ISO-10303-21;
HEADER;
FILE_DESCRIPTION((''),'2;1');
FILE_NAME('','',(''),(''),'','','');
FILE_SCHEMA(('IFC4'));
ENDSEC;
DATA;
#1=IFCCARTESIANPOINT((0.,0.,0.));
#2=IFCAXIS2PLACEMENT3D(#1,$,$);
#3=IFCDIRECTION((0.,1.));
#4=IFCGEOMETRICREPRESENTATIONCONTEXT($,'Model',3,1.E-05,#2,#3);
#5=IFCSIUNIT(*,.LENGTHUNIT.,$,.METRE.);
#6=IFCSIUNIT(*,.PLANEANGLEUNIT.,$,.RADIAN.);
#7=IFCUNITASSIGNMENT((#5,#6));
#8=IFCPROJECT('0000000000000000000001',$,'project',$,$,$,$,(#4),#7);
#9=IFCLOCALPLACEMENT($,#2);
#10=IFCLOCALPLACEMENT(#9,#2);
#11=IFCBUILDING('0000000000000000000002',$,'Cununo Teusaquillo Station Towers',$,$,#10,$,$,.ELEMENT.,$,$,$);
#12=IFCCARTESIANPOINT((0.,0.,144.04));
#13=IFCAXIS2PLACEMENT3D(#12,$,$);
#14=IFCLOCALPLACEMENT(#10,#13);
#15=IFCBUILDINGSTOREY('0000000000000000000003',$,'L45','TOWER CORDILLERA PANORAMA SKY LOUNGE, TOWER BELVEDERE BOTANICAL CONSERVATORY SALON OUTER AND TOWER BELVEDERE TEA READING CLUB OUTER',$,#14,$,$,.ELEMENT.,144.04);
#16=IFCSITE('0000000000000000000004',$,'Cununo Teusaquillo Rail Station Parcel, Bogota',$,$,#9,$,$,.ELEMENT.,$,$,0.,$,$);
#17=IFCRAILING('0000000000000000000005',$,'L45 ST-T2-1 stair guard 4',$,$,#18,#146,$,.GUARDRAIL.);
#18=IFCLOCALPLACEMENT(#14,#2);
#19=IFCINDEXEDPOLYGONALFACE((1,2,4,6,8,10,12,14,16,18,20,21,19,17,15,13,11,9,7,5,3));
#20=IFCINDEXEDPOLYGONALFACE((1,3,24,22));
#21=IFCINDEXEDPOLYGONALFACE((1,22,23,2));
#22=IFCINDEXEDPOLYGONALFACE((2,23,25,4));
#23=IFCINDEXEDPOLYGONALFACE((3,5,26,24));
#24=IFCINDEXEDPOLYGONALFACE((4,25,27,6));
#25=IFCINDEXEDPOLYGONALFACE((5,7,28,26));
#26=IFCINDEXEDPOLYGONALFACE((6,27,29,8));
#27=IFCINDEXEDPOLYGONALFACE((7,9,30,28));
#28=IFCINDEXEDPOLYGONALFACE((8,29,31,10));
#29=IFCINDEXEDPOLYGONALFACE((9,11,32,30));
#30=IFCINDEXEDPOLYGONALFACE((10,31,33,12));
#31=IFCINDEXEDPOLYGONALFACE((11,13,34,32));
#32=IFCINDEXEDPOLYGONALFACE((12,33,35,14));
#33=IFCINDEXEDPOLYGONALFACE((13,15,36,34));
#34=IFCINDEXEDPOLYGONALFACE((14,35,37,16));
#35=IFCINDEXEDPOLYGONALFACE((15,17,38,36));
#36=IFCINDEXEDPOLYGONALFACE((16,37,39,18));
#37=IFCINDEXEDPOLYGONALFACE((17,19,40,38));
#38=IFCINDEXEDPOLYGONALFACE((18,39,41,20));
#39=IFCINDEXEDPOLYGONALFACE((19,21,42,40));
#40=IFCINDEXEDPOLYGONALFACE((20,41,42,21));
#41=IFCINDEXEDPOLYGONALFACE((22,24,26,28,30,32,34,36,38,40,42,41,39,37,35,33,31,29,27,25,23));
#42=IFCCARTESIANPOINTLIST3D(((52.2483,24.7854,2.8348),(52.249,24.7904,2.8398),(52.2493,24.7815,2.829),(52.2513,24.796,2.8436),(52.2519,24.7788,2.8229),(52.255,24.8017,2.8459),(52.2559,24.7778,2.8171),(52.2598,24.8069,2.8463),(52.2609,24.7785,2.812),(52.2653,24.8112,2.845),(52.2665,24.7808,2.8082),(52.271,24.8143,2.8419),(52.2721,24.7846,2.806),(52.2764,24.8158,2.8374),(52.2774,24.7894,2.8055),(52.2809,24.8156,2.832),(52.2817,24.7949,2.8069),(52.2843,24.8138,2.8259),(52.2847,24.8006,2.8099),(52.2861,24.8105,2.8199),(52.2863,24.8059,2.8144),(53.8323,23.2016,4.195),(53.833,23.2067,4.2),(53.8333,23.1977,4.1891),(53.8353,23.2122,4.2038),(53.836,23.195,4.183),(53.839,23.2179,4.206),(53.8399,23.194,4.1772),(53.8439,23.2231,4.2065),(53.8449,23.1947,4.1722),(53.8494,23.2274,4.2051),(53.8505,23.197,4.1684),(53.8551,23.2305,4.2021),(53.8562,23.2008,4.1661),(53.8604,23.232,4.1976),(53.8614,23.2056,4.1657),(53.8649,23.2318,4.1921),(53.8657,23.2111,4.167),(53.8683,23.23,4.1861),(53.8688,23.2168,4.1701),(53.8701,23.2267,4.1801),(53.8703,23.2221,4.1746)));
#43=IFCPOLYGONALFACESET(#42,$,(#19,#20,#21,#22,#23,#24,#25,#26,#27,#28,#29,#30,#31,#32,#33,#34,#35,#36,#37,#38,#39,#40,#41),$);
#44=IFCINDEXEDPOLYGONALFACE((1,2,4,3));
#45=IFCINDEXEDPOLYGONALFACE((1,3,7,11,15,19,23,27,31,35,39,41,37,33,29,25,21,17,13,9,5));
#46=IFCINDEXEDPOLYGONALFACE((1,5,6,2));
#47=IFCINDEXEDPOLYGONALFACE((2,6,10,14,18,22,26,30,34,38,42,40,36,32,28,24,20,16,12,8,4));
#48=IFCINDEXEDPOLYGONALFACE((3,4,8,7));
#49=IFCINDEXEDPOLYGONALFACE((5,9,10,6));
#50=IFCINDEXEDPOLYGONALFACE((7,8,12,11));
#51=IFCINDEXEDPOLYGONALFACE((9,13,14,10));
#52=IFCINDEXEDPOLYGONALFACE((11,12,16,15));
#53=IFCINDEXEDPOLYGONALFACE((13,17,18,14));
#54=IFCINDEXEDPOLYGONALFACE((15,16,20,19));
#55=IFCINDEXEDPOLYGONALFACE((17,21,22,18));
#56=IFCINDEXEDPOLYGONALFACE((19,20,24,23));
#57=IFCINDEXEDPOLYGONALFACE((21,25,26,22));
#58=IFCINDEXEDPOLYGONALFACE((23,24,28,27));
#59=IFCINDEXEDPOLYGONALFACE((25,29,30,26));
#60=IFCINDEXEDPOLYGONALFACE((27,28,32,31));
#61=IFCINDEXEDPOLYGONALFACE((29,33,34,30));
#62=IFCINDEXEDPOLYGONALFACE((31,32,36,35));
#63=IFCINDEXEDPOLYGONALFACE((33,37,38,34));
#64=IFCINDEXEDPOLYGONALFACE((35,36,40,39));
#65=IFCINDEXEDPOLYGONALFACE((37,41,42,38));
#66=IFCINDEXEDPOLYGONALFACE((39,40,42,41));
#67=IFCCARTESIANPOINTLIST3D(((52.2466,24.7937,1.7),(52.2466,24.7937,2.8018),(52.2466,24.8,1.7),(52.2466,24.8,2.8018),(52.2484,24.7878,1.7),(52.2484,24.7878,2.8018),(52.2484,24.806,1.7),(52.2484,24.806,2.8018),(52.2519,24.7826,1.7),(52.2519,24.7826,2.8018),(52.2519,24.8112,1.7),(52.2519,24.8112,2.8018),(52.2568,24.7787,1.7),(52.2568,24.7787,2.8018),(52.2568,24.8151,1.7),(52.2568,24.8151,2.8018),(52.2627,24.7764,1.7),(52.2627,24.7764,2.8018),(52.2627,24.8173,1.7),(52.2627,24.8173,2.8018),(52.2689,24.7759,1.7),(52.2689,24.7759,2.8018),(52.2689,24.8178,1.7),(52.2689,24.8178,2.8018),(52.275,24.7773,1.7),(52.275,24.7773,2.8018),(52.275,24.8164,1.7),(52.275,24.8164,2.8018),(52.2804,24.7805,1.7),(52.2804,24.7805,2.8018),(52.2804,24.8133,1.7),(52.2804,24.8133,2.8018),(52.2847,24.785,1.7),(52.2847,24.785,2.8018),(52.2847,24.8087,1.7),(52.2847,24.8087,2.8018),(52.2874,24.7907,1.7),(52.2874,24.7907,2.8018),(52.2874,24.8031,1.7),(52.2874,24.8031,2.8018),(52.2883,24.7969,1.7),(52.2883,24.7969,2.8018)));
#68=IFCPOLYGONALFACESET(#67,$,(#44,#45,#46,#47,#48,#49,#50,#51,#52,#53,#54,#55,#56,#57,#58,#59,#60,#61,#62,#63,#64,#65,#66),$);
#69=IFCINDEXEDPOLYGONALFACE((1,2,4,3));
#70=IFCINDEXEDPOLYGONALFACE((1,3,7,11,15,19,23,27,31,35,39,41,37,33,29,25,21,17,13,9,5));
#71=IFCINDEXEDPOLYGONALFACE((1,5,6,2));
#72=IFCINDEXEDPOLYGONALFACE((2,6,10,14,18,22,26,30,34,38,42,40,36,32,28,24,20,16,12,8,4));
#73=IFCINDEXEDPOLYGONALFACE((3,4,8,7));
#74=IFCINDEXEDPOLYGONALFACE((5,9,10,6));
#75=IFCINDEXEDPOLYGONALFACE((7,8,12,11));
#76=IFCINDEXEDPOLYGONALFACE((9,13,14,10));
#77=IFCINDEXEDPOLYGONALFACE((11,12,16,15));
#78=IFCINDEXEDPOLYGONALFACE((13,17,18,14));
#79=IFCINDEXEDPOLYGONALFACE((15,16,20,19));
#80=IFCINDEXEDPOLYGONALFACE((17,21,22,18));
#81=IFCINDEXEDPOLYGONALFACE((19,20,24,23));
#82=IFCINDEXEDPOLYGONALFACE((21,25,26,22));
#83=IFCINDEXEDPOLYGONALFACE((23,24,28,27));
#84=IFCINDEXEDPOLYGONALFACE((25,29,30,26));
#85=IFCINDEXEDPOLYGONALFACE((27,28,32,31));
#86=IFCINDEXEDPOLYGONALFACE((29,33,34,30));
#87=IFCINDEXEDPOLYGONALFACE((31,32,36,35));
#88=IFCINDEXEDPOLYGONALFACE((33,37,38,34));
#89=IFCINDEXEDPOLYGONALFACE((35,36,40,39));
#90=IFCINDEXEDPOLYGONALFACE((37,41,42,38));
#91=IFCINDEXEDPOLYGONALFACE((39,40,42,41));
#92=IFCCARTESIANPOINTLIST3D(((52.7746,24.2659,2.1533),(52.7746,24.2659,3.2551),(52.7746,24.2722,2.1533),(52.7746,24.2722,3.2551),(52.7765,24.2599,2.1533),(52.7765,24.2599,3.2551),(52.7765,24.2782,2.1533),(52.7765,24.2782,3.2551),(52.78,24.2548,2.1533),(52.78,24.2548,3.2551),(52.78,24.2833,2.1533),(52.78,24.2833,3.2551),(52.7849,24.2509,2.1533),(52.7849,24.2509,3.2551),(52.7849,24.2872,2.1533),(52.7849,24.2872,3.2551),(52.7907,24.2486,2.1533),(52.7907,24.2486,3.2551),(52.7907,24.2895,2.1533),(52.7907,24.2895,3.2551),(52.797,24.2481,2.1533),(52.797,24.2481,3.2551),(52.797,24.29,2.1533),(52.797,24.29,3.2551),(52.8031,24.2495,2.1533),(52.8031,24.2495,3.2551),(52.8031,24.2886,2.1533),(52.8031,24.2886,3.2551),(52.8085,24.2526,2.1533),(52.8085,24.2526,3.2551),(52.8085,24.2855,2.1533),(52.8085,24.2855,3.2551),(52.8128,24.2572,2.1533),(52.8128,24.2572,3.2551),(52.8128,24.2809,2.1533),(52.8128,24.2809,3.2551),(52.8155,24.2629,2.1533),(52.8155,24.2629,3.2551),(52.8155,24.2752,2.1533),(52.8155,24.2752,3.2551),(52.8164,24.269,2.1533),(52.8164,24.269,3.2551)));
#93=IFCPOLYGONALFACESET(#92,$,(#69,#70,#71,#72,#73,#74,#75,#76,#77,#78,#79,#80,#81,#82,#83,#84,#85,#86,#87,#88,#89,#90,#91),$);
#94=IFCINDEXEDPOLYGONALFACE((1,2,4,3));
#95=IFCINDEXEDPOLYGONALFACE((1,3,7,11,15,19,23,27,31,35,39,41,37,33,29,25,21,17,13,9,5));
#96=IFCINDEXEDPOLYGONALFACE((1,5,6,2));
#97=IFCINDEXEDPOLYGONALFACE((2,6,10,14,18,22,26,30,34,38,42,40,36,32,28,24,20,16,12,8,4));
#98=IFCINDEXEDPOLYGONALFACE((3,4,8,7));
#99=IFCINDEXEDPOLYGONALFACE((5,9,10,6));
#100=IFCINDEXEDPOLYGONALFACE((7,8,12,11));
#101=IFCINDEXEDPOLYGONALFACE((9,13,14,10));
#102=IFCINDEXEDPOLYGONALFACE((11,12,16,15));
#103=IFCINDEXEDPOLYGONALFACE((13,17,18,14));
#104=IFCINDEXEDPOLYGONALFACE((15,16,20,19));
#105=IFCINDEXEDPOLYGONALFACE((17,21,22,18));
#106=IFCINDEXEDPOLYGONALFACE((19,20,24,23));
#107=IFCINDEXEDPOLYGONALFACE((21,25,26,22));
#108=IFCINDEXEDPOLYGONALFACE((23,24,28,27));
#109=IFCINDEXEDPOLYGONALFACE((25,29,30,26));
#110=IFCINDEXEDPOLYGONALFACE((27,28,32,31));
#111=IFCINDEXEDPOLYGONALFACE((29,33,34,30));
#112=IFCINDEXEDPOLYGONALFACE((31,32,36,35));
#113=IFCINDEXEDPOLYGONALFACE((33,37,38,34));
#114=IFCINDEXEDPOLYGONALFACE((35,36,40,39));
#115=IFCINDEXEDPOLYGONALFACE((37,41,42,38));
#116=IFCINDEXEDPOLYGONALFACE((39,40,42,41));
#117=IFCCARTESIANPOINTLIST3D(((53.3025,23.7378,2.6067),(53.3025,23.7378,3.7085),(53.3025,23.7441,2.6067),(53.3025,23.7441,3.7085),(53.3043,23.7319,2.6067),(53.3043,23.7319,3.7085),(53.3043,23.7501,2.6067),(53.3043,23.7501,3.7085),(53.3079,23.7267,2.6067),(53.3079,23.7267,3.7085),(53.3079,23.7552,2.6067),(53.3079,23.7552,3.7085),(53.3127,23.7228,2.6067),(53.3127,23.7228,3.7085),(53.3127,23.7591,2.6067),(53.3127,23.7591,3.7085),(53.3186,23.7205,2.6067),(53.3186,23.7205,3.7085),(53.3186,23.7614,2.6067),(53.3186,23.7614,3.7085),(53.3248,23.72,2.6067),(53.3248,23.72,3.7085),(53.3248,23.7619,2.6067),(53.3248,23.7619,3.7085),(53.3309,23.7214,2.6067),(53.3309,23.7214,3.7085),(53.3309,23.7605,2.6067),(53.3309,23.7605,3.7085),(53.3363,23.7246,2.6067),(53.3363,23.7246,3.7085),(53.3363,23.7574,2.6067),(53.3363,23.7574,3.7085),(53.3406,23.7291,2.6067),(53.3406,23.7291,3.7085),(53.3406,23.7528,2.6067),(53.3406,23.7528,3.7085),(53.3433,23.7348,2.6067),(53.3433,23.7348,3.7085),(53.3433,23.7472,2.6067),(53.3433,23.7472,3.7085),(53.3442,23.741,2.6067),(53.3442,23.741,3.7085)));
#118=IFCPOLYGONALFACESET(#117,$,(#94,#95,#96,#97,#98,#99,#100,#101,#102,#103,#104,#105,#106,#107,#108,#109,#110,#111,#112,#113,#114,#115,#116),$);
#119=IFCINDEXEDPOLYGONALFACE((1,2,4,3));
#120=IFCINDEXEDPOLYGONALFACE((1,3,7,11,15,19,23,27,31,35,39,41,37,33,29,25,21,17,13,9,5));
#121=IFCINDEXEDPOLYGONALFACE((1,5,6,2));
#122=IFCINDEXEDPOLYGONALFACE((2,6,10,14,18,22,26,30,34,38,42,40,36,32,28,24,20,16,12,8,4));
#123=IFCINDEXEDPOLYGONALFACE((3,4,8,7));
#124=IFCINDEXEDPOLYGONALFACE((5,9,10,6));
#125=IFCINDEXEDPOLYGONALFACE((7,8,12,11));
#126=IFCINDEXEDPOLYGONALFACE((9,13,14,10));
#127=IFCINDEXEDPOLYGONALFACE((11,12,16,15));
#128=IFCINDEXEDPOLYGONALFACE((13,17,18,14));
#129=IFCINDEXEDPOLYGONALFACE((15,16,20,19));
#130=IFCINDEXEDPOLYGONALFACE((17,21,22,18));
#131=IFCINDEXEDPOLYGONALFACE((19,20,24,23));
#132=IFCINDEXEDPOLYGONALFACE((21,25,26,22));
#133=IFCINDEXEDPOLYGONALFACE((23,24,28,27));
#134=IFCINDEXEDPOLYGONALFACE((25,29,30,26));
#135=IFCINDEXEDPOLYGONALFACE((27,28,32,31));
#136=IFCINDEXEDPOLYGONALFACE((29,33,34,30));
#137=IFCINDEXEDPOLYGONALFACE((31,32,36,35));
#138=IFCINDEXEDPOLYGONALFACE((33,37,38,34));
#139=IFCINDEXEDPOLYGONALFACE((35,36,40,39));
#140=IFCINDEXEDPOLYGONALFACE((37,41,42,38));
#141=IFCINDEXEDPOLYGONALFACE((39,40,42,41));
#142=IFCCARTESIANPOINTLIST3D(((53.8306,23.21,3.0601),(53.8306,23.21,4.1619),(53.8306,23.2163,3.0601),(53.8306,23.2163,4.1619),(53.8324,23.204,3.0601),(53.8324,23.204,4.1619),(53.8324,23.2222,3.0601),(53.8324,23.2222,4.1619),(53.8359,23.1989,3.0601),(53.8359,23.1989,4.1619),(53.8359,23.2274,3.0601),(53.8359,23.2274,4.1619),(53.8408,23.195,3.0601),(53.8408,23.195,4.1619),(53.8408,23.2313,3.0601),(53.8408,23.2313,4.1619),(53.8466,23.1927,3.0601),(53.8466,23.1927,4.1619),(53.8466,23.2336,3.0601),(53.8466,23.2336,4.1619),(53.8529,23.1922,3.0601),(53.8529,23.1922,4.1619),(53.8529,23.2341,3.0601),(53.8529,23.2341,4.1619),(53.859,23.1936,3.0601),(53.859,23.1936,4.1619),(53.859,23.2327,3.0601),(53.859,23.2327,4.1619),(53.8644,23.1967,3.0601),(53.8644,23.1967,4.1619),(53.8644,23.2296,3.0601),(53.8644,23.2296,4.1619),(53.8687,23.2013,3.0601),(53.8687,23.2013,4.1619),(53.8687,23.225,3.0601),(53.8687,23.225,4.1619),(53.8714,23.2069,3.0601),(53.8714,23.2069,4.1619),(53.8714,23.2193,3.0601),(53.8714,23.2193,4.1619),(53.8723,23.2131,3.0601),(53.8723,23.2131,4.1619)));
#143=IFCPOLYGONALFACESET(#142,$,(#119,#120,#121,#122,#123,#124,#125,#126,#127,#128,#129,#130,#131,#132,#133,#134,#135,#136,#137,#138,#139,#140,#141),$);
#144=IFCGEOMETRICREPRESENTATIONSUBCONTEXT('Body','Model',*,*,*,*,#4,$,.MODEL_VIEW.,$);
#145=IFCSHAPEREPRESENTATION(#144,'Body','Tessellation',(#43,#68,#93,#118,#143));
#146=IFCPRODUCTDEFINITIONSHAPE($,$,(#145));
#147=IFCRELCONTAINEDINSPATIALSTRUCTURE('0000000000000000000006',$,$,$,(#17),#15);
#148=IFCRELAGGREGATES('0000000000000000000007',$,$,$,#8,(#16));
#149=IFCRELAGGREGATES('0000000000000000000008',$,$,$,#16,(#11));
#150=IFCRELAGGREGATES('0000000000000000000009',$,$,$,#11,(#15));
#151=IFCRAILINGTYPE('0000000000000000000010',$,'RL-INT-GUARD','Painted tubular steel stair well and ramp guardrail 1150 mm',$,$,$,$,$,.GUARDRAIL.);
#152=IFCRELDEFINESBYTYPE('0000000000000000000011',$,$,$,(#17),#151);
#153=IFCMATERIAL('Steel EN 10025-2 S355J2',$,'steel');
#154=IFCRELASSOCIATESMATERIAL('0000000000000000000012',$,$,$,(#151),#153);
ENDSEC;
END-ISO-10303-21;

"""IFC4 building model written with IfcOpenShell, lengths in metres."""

from ifc_helpers import new_model, si_unit, direction, frame, origin, origin_2d, place, context, subcontext, project, spatial, circle, extrude, material, type_object, element, save


model = new_model("IFC4")

# Units and contexts
model_context = context("Model", 3, precision=1e-05, world=origin(), true_north=direction((0.0, 1.0)))
body_context = subcontext(model_context, "Body", "Model", "MODEL_VIEW")
ifc_project = project(units=[si_unit("LENGTHUNIT", "METRE"), si_unit("PLANEANGLEUNIT", "RADIAN")], contexts=[model_context])

# Site, building, storey
site_placement = place(None, origin())
site = spatial("IfcSite", under=ifc_project, at=site_placement, Name="Cununo Teusaquillo Rail Station Parcel, Bogota", CompositionType="ELEMENT", RefElevation=0.0)
building_placement = place(site_placement, origin())
building = spatial("IfcBuilding", under=site, at=building_placement, Name="Cununo Teusaquillo Station Towers", CompositionType="ELEMENT")
storey_placement = place(building_placement, frame((0.0, 0.0, 144.04)))
storey = spatial("IfcBuildingStorey", under=building, at=storey_placement, Name="L45", Description="TOWER CORDILLERA PANORAMA SKY LOUNGE, TOWER BELVEDERE BOTANICAL CONSERVATORY SALON OUTER AND TOWER BELVEDERE TEA READING CLUB OUTER", CompositionType="ELEMENT", Elevation=144.04)

# Railing
ifc_material_1 = material(Name="Steel EN 10025-2 S355J2", Category="steel")
railing_type_1 = type_object("IfcRailingType", Name="RL-INT-GUARD", Description="Painted tubular steel stair well and ramp guardrail 1150 mm", PredefinedType="GUARDRAIL", material=ifc_material_1)
railing_1_placement = place(storey_placement, frame((52.2673, 24.7969, 1.7)))
element("IfcRailing", 1, at=railing_1_placement, inside=storey, type_object=railing_type_1, Name="L45 ST-T2-1 stair guard 4", PredefinedType="GUARDRAIL", context=body_context, shape_type="SweptSolid", body=[
    extrude(circle(Radius=0.0239, at=origin_2d()), frame((0.0, 0.0, 1.126), z_axis=(0.604454, -0.604361, 0.519022), x_axis=(0.707052, 0.707161, 0.0)), (0.0, 0.0, 1.0), 2.6206),
    extrude(circle(Radius=0.021, at=origin_2d()), origin(), (0.0, 0.0, 1.0), 1.1018),
    extrude(circle(Radius=0.021, at=origin_2d()), frame((0.5281, -0.5278, 0.4534)), (0.0, 0.0, 1.0), 1.1018),
    extrude(circle(Radius=0.021, at=origin_2d()), frame((1.0559, -1.0559, 0.9067)), (0.0, 0.0, 1.0), 1.1018),
    extrude(circle(Radius=0.021, at=origin_2d()), frame((1.584, -1.5837, 1.3601)), (0.0, 0.0, 1.0), 1.1018),
])

save(model, "model.ifc")
